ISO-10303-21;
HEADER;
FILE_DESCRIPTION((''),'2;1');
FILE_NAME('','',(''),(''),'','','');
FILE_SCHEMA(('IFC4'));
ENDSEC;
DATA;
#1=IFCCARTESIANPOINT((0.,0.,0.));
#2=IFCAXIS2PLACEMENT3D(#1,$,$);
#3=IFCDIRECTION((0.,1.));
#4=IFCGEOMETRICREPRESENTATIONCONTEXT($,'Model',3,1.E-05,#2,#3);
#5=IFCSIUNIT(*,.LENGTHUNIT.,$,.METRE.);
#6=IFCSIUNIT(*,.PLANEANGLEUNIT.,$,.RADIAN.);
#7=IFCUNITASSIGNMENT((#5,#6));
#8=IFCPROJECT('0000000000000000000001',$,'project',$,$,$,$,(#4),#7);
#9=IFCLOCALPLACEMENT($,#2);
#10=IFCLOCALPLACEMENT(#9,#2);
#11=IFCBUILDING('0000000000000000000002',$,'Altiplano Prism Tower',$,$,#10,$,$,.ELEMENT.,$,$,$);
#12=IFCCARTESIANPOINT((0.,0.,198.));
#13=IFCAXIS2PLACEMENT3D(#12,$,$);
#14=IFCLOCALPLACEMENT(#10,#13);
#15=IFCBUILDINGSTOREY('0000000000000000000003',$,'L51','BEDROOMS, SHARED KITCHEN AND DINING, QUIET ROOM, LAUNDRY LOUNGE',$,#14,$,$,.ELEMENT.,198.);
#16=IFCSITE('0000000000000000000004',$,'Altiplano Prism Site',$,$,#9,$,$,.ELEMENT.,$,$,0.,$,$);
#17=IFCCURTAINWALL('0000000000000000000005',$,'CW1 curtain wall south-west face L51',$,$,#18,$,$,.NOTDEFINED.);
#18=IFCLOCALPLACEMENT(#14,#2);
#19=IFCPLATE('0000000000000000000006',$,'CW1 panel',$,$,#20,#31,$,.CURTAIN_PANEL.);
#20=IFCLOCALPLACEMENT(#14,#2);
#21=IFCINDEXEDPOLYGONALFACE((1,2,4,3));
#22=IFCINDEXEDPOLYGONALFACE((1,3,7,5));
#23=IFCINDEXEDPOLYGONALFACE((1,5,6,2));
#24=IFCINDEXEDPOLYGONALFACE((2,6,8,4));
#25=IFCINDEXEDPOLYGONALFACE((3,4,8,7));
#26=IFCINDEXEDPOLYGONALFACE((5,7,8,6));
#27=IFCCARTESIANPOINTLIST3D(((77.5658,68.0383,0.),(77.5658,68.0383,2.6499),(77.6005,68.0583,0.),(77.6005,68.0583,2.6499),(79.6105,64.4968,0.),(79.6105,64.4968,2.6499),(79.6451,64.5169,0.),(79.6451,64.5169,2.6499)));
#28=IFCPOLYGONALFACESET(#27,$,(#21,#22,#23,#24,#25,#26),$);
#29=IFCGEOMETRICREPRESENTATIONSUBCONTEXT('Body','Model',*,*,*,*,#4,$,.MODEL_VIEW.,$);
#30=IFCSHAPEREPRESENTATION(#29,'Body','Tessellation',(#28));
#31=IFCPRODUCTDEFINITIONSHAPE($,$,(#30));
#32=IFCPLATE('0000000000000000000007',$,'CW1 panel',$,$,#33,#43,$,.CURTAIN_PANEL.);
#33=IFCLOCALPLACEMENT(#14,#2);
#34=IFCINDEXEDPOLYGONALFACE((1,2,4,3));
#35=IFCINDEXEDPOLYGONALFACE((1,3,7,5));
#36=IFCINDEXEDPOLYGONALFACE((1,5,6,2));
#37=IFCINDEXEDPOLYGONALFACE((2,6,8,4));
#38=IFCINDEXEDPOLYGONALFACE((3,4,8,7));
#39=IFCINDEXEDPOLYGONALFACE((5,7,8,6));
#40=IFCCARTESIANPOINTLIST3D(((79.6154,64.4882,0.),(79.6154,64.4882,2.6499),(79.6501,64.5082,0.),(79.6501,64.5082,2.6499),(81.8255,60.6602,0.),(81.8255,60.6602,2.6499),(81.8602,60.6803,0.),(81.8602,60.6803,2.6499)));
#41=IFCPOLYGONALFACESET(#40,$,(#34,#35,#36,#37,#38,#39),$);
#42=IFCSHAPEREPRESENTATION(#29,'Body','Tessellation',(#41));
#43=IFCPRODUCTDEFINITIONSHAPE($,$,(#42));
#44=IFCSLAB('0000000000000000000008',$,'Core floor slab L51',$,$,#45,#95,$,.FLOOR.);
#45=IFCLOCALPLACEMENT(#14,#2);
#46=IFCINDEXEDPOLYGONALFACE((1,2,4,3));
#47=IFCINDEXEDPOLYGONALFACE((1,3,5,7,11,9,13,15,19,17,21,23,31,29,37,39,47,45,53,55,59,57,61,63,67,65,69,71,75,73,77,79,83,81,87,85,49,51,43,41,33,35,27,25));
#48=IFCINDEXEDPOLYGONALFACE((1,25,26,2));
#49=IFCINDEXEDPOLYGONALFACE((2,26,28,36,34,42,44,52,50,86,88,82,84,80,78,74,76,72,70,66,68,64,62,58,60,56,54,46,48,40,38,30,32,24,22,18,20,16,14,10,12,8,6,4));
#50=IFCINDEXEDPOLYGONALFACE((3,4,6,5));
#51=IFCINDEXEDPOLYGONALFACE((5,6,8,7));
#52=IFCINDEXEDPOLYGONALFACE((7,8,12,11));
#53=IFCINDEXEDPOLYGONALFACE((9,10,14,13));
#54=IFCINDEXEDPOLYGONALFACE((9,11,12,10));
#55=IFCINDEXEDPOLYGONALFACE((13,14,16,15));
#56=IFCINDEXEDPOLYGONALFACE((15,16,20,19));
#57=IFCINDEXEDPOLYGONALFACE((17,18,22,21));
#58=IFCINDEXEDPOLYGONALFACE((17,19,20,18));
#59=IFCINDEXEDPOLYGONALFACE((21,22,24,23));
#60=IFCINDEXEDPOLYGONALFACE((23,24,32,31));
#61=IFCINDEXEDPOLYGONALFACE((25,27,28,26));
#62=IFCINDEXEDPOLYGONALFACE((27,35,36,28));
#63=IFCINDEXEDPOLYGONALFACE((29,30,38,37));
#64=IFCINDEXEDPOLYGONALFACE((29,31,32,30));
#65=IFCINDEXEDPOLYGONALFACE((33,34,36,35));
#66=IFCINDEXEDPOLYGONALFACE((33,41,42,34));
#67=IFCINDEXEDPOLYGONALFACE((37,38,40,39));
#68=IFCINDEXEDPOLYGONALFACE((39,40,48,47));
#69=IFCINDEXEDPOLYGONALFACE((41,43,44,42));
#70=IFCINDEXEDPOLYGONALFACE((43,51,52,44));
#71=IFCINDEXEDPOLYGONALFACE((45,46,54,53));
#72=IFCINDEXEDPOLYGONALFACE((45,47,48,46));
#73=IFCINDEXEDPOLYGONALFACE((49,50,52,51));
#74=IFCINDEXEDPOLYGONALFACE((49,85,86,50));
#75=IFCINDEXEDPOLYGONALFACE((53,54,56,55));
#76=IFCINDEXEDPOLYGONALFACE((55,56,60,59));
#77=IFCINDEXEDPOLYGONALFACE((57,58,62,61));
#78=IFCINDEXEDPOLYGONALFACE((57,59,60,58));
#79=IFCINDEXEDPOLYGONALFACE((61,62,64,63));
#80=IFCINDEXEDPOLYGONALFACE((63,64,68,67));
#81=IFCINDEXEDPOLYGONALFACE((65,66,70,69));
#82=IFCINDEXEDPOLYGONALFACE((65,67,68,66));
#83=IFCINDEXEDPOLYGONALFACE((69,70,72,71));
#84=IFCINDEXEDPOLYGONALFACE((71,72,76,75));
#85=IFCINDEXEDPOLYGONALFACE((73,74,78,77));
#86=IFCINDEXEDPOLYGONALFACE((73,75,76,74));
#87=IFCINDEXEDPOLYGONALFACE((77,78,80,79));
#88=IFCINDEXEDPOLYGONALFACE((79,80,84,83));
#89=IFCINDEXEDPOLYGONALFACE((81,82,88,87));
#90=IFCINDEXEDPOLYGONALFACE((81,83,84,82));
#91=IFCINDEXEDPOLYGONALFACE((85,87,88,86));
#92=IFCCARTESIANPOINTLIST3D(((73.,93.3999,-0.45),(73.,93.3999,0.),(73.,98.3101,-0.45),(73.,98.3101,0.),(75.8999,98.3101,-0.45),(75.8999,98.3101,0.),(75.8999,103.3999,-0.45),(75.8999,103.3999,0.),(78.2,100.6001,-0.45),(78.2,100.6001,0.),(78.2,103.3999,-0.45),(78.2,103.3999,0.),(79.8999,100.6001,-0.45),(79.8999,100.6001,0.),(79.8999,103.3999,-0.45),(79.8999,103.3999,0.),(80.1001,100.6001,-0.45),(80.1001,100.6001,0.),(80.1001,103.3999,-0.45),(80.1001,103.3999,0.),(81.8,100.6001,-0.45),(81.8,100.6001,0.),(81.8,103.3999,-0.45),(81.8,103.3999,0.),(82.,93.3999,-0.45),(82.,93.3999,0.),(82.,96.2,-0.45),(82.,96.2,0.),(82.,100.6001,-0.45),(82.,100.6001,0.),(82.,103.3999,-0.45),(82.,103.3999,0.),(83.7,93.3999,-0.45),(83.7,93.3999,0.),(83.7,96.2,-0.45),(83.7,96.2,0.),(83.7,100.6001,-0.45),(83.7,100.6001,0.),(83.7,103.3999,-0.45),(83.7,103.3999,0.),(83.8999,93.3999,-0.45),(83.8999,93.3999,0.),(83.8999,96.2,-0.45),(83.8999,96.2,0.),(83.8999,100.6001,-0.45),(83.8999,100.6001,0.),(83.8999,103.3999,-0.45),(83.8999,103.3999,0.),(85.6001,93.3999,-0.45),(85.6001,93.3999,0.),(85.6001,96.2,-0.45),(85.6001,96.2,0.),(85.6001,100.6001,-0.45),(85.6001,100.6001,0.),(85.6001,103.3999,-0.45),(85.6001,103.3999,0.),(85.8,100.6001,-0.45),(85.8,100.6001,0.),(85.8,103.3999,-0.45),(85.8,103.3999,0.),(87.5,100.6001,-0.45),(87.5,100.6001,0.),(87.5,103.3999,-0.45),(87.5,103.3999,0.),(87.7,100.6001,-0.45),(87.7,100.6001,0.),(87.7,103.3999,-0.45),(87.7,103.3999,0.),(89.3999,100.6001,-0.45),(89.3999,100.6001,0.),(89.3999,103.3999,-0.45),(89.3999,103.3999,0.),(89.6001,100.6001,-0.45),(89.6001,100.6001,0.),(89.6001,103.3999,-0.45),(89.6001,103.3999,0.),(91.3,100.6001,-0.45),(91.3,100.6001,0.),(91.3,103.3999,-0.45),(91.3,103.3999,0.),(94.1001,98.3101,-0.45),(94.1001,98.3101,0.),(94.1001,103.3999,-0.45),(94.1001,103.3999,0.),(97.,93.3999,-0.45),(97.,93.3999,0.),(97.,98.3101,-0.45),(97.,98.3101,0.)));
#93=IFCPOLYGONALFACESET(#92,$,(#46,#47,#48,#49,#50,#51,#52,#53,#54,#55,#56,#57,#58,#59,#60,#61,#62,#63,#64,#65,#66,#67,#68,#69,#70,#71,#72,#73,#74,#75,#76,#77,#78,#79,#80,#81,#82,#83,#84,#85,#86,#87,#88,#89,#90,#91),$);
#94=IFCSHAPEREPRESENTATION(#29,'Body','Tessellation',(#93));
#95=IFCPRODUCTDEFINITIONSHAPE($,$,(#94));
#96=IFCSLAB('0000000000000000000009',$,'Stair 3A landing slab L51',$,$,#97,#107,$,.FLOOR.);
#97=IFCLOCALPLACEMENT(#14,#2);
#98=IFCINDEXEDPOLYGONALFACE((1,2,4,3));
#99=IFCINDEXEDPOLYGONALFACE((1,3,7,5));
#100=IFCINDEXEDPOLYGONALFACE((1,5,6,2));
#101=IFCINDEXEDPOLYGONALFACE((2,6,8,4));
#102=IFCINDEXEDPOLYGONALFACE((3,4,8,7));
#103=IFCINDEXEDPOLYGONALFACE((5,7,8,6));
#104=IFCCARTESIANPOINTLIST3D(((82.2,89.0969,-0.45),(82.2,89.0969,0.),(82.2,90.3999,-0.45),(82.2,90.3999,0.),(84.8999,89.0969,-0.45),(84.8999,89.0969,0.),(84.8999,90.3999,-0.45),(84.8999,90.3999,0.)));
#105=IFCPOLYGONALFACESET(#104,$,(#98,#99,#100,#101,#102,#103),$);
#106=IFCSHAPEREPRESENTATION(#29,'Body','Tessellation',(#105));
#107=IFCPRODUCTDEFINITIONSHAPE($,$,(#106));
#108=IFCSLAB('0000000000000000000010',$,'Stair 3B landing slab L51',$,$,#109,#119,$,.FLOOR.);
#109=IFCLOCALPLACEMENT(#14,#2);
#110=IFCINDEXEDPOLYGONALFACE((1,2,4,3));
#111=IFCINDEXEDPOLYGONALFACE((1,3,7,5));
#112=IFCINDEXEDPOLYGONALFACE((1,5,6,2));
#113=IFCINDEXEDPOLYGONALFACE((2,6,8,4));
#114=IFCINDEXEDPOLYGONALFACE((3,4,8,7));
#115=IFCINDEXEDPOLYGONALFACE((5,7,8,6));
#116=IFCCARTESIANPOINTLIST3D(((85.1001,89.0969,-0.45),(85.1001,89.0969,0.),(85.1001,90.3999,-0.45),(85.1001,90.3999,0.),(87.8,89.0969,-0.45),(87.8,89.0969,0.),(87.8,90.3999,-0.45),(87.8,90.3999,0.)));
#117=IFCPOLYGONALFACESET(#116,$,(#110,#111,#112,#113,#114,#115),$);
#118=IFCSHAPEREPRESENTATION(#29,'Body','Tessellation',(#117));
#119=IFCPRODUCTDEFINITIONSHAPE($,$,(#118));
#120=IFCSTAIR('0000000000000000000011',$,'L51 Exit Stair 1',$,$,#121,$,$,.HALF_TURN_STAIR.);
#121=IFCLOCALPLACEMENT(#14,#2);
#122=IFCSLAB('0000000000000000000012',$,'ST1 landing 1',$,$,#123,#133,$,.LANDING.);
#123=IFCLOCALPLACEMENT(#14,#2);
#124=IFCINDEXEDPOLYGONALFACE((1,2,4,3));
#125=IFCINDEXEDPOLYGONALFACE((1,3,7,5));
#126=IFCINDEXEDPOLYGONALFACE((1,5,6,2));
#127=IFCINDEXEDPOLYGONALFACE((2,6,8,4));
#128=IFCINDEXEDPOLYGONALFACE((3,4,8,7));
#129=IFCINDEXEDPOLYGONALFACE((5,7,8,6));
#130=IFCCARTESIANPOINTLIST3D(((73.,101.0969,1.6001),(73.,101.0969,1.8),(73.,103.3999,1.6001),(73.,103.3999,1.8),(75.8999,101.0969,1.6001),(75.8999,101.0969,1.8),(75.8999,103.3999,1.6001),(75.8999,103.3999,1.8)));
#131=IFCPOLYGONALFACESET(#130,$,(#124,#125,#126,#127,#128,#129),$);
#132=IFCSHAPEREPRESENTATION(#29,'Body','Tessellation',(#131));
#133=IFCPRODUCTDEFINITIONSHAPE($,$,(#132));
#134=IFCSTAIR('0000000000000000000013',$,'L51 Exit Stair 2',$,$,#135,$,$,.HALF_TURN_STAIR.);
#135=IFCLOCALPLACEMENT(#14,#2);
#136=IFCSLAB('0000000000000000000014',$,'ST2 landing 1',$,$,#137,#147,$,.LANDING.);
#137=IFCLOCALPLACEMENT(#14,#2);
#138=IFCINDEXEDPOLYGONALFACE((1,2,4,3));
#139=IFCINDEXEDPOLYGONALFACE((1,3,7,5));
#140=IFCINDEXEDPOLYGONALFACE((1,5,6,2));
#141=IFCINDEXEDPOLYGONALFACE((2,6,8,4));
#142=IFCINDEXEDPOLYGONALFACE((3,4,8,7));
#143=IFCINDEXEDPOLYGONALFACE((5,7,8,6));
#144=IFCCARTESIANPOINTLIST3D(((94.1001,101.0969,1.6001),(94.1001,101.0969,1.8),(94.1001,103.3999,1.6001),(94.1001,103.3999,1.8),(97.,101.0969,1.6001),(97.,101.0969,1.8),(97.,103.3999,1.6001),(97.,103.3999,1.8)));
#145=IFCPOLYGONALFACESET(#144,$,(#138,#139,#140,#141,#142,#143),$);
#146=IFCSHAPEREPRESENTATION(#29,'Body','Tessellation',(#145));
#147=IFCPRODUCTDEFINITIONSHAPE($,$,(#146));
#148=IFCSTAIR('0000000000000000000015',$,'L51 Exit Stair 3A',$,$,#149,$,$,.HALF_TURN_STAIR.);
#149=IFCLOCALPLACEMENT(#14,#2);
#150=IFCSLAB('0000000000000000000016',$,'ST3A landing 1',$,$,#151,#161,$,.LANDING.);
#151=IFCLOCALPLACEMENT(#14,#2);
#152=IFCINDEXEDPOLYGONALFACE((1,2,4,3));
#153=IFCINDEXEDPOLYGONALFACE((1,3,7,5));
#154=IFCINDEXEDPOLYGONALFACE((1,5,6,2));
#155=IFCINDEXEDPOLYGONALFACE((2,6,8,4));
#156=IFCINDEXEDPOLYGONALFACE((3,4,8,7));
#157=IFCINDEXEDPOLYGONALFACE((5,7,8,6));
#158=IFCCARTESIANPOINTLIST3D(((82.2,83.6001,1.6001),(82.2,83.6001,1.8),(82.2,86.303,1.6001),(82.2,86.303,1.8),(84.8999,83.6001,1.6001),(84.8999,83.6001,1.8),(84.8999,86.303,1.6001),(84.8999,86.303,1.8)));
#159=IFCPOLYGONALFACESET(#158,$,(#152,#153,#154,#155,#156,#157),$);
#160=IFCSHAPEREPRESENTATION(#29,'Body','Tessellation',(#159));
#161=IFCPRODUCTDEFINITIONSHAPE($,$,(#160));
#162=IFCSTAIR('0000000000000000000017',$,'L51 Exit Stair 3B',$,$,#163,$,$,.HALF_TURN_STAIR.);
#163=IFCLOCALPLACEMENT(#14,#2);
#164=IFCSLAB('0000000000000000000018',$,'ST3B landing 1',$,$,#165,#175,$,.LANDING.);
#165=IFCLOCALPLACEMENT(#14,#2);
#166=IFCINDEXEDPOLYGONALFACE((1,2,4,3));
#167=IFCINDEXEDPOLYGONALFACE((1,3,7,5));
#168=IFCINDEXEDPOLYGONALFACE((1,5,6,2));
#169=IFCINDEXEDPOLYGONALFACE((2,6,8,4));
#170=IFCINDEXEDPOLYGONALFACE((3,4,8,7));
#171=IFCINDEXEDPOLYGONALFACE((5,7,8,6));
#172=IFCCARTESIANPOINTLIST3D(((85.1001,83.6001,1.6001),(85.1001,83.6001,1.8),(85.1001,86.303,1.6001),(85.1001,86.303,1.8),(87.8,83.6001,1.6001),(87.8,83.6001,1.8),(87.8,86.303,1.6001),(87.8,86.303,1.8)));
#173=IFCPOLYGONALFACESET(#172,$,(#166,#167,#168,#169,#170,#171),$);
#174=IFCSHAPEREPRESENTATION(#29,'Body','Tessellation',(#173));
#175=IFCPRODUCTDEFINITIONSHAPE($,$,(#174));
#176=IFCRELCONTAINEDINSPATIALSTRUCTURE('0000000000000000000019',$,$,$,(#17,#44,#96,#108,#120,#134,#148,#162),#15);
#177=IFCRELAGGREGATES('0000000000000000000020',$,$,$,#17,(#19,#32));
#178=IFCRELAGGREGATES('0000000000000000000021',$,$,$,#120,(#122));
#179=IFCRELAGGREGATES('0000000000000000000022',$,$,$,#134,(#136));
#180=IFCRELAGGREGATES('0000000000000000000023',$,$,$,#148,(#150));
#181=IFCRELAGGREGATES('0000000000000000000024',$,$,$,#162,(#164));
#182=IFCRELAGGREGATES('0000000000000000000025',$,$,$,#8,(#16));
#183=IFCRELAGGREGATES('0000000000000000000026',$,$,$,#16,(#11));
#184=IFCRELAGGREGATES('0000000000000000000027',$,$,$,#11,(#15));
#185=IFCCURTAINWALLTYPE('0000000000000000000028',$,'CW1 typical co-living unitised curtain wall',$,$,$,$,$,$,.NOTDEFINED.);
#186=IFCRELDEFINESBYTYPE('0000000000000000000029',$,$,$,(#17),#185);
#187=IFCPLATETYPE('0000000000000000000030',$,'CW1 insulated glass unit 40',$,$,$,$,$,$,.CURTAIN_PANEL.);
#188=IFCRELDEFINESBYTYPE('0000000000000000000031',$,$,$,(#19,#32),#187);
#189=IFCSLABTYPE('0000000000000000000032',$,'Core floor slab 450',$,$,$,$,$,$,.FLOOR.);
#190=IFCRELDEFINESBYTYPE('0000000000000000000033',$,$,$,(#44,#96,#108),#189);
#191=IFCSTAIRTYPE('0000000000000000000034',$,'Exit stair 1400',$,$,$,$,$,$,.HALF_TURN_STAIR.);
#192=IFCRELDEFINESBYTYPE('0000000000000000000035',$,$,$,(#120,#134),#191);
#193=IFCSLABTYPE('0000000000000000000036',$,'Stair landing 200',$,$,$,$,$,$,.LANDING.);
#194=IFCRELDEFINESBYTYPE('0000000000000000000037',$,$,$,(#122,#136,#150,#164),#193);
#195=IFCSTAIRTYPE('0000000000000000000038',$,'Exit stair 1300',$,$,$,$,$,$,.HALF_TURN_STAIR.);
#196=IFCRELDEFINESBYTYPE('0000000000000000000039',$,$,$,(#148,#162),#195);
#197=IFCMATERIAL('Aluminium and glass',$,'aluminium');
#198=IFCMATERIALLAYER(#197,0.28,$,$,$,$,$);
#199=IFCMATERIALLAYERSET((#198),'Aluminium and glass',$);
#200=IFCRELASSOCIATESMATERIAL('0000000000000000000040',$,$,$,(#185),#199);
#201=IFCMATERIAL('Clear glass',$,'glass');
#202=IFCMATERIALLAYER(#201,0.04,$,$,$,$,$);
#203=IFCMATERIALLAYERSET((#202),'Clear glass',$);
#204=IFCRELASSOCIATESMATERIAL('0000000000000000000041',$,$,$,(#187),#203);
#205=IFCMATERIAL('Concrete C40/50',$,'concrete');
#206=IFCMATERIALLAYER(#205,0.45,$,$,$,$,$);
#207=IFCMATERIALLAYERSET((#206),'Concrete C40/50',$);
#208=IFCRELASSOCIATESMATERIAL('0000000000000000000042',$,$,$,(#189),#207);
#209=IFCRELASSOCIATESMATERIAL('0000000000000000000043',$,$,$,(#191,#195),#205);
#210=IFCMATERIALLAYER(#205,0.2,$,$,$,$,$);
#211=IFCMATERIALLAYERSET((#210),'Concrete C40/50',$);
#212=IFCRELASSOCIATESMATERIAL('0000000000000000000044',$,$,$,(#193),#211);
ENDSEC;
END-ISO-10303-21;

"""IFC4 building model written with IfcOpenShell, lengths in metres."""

from ifc_helpers import new_model, si_unit, direction, frame, origin, origin_2d, place, context, subcontext, project, spatial, polyline, rectangle, outline, extrude, material, layer, layer_set, type_object, element, aggregate, save


model = new_model("IFC4")

# Units and contexts
model_context = context("Model", 3, precision=1e-05, world=origin(), true_north=direction((0.0, 1.0)))
body_context = subcontext(model_context, "Body", "Model", "MODEL_VIEW")
ifc_project = project(units=[si_unit("LENGTHUNIT", "METRE"), si_unit("PLANEANGLEUNIT", "RADIAN")], contexts=[model_context])

# Site, building, storey
site_placement = place(None, origin())
site = spatial("IfcSite", under=ifc_project, at=site_placement, Name="Altiplano Prism Site", CompositionType="ELEMENT", RefElevation=0.0)
building_placement = place(site_placement, origin())
building = spatial("IfcBuilding", under=site, at=building_placement, Name="Altiplano Prism Tower", CompositionType="ELEMENT")
storey_placement = place(building_placement, frame((0.0, 0.0, 198.0)))
storey = spatial("IfcBuildingStorey", under=building, at=storey_placement, Name="L51", Description="BEDROOMS, SHARED KITCHEN AND DINING, QUIET ROOM, LAUNDRY LOUNGE", CompositionType="ELEMENT", Elevation=198.0)

# Curtain wall
ifc_material_1 = material(Name="Aluminium and glass", Category="aluminium")
ifc_layer_1 = layer(ifc_material_1, 0.28)
ifc_layer_set_1 = layer_set([ifc_layer_1], Name="Aluminium and glass")
curtain_wall_type = type_object("IfcCurtainWallType", Name="CW1 typical co-living unitised curtain wall", PredefinedType="NOTDEFINED", material=ifc_layer_set_1)
curtain_wall_1_placement = place(storey_placement, origin())
curtain_wall_1 = element("IfcCurtainWall", 1, at=curtain_wall_1_placement, inside=storey, type_object=curtain_wall_type, Name="CW1 curtain wall south-west face L51", PredefinedType="NOTDEFINED")

# Plates
ifc_material_2 = material(Name="Clear glass", Category="glass")
ifc_layer_2 = layer(ifc_material_2, 0.04)
ifc_layer_set_2 = layer_set([ifc_layer_2], Name="Clear glass")
plate_type = type_object("IfcPlateType", Name="CW1 insulated glass unit 40", PredefinedType="CURTAIN_PANEL", material=ifc_layer_set_2)
plate_1_placement = place(storey_placement, frame((78.6055, 66.2776, 0.0), z_axis=(0.0, 0.0, 1.0), x_axis=(0.5, -0.866025, 0.0)))
plate_1 = element("IfcPlate", 2, at=plate_1_placement, type_object=plate_type, Name="CW1 panel", PredefinedType="CURTAIN_PANEL", context=body_context, shape_type="SweptSolid", body=[
    extrude(rectangle(XDim=4.0894, YDim=0.04, at=origin_2d()), origin(), (0.0, 0.0, 1.0), 2.6499),
])
plate_2_placement = place(storey_placement, frame((80.7378, 62.5842, 0.0), z_axis=(0.0, 0.0, 1.0), x_axis=(0.5, -0.866025, 0.0)))
plate_2 = element("IfcPlate", 3, at=plate_2_placement, type_object=plate_type, Name="CW1 panel", PredefinedType="CURTAIN_PANEL", context=body_context, shape_type="SweptSolid", body=[
    extrude(rectangle(XDim=4.4202, YDim=0.04, at=origin_2d()), origin(), (0.0, 0.0, 1.0), 2.6499),
])
aggregate(curtain_wall_1, [plate_1, plate_2])

# Slabs
ifc_material_3 = material(Name="Concrete C40/50", Category="concrete")
ifc_layer_3 = layer(ifc_material_3, 0.45)
ifc_layer_set_3 = layer_set([ifc_layer_3], Name="Concrete C40/50")
slab_type_1 = type_object("IfcSlabType", Name="Core floor slab 450", PredefinedType="FLOOR", material=ifc_layer_set_3)
slab_1_placement = place(storey_placement, frame((0.0, 0.0, -0.45)))
element("IfcSlab", 4, at=slab_1_placement, inside=storey, type_object=slab_type_1, Name="Core floor slab L51", PredefinedType="FLOOR", context=body_context, shape_type="SweptSolid", body=[
    extrude(outline(polyline([(97.0, 98.3101), (94.1001, 98.3101), (94.1001, 103.3999), (91.3, 103.3999), (91.3, 100.6001), (89.6001, 100.6001), (89.6001, 103.3999), (89.3999, 103.3999), (89.3999, 100.6001), (87.7, 100.6001), (87.7, 103.3999), (87.5, 103.3999), (87.5, 100.6001), (85.8, 100.6001), (85.8, 103.3999), (85.6001, 103.3999), (85.6001, 100.6001), (83.8999, 100.6001), (83.8999, 103.3999), (83.7, 103.3999), (83.7, 100.6001), (82.0, 100.6001), (82.0, 103.3999), (81.8, 103.3999), (81.8, 100.6001), (80.1001, 100.6001), (80.1001, 103.3999), (79.8999, 103.3999), (79.8999, 100.6001), (78.2, 100.6001), (78.2, 103.3999), (75.8999, 103.3999), (75.8999, 98.3101), (73.0, 98.3101), (73.0, 93.3999), (82.0, 93.3999), (82.0, 96.2), (83.7, 96.2), (83.7, 93.3999), (83.8999, 93.3999), (83.8999, 96.2), (85.6001, 96.2), (85.6001, 93.3999), (97.0, 93.3999), (97.0, 98.3101)])), origin(), (0.0, 0.0, 1.0), 0.45),
])
slab_2_placement = place(storey_placement, frame((0.0, 0.0, -0.45)))
element("IfcSlab", 5, at=slab_2_placement, inside=storey, type_object=slab_type_1, Name="Stair 3A landing slab L51", PredefinedType="FLOOR", context=body_context, shape_type="SweptSolid", body=[
    extrude(outline(polyline([(82.2, 89.0969), (84.8999, 89.0969), (84.8999, 90.3999), (82.2, 90.3999), (82.2, 89.0969)])), origin(), (0.0, 0.0, 1.0), 0.45),
])
slab_3_placement = place(storey_placement, frame((0.0, 0.0, -0.45)))
element("IfcSlab", 6, at=slab_3_placement, inside=storey, type_object=slab_type_1, Name="Stair 3B landing slab L51", PredefinedType="FLOOR", context=body_context, shape_type="SweptSolid", body=[
    extrude(outline(polyline([(85.1001, 89.0969), (87.8, 89.0969), (87.8, 90.3999), (85.1001, 90.3999), (85.1001, 89.0969)])), origin(), (0.0, 0.0, 1.0), 0.45),
])

# Stairs, slabs
stair_type_1 = type_object("IfcStairType", Name="Exit stair 1400", PredefinedType="HALF_TURN_STAIR", material=ifc_material_3)
stair_1_placement = place(storey_placement, origin())
stair_1 = element("IfcStair", 7, at=stair_1_placement, inside=storey, type_object=stair_type_1, Name="L51 Exit Stair 1", PredefinedType="HALF_TURN_STAIR")
ifc_layer_4 = layer(ifc_material_3, 0.2)
ifc_layer_set_4 = layer_set([ifc_layer_4], Name="Concrete C40/50")
slab_type_2 = type_object("IfcSlabType", Name="Stair landing 200", PredefinedType="LANDING", material=ifc_layer_set_4)
slab_4_placement = place(storey_placement, frame((0.0, 0.0, 1.6001)))
slab_4 = element("IfcSlab", 8, at=slab_4_placement, type_object=slab_type_2, Name="ST1 landing 1", PredefinedType="LANDING", context=body_context, shape_type="SweptSolid", body=[
    extrude(outline(polyline([(75.8999, 101.0969), (75.8999, 103.3999), (73.0, 103.3999), (73.0, 101.0969), (75.8999, 101.0969)])), origin(), (0.0, 0.0, 1.0), 0.2),
])
aggregate(stair_1, [slab_4])
stair_2_placement = place(storey_placement, origin())
stair_2 = element("IfcStair", 9, at=stair_2_placement, inside=storey, type_object=stair_type_1, Name="L51 Exit Stair 2", PredefinedType="HALF_TURN_STAIR")
slab_5_placement = place(storey_placement, frame((0.0, 0.0, 1.6001)))
slab_5 = element("IfcSlab", 10, at=slab_5_placement, type_object=slab_type_2, Name="ST2 landing 1", PredefinedType="LANDING", context=body_context, shape_type="SweptSolid", body=[
    extrude(outline(polyline([(97.0, 101.0969), (97.0, 103.3999), (94.1001, 103.3999), (94.1001, 101.0969), (97.0, 101.0969)])), origin(), (0.0, 0.0, 1.0), 0.2),
])
aggregate(stair_2, [slab_5])
stair_type_2 = type_object("IfcStairType", Name="Exit stair 1300", PredefinedType="HALF_TURN_STAIR", material=ifc_material_3)
stair_3_placement = place(storey_placement, origin())
stair_3 = element("IfcStair", 11, at=stair_3_placement, inside=storey, type_object=stair_type_2, Name="L51 Exit Stair 3A", PredefinedType="HALF_TURN_STAIR")
slab_6_placement = place(storey_placement, frame((0.0, 0.0, 1.6001)))
slab_6 = element("IfcSlab", 12, at=slab_6_placement, type_object=slab_type_2, Name="ST3A landing 1", PredefinedType="LANDING", context=body_context, shape_type="SweptSolid", body=[
    extrude(outline(polyline([(82.2, 86.303), (82.2, 83.6001), (84.8999, 83.6001), (84.8999, 86.303), (82.2, 86.303)])), origin(), (0.0, 0.0, 1.0), 0.2),
])
aggregate(stair_3, [slab_6])
stair_4_placement = place(storey_placement, origin())
stair_4 = element("IfcStair", 13, at=stair_4_placement, inside=storey, type_object=stair_type_2, Name="L51 Exit Stair 3B", PredefinedType="HALF_TURN_STAIR")
slab_7_placement = place(storey_placement, frame((0.0, 0.0, 1.6001)))
slab_7 = element("IfcSlab", 14, at=slab_7_placement, type_object=slab_type_2, Name="ST3B landing 1", PredefinedType="LANDING", context=body_context, shape_type="SweptSolid", body=[
    extrude(outline(polyline([(85.1001, 86.303), (85.1001, 83.6001), (87.8, 83.6001), (87.8, 86.303), (85.1001, 86.303)])), origin(), (0.0, 0.0, 1.0), 0.2),
])
aggregate(stair_4, [slab_7])

save(model, "model.ifc")
